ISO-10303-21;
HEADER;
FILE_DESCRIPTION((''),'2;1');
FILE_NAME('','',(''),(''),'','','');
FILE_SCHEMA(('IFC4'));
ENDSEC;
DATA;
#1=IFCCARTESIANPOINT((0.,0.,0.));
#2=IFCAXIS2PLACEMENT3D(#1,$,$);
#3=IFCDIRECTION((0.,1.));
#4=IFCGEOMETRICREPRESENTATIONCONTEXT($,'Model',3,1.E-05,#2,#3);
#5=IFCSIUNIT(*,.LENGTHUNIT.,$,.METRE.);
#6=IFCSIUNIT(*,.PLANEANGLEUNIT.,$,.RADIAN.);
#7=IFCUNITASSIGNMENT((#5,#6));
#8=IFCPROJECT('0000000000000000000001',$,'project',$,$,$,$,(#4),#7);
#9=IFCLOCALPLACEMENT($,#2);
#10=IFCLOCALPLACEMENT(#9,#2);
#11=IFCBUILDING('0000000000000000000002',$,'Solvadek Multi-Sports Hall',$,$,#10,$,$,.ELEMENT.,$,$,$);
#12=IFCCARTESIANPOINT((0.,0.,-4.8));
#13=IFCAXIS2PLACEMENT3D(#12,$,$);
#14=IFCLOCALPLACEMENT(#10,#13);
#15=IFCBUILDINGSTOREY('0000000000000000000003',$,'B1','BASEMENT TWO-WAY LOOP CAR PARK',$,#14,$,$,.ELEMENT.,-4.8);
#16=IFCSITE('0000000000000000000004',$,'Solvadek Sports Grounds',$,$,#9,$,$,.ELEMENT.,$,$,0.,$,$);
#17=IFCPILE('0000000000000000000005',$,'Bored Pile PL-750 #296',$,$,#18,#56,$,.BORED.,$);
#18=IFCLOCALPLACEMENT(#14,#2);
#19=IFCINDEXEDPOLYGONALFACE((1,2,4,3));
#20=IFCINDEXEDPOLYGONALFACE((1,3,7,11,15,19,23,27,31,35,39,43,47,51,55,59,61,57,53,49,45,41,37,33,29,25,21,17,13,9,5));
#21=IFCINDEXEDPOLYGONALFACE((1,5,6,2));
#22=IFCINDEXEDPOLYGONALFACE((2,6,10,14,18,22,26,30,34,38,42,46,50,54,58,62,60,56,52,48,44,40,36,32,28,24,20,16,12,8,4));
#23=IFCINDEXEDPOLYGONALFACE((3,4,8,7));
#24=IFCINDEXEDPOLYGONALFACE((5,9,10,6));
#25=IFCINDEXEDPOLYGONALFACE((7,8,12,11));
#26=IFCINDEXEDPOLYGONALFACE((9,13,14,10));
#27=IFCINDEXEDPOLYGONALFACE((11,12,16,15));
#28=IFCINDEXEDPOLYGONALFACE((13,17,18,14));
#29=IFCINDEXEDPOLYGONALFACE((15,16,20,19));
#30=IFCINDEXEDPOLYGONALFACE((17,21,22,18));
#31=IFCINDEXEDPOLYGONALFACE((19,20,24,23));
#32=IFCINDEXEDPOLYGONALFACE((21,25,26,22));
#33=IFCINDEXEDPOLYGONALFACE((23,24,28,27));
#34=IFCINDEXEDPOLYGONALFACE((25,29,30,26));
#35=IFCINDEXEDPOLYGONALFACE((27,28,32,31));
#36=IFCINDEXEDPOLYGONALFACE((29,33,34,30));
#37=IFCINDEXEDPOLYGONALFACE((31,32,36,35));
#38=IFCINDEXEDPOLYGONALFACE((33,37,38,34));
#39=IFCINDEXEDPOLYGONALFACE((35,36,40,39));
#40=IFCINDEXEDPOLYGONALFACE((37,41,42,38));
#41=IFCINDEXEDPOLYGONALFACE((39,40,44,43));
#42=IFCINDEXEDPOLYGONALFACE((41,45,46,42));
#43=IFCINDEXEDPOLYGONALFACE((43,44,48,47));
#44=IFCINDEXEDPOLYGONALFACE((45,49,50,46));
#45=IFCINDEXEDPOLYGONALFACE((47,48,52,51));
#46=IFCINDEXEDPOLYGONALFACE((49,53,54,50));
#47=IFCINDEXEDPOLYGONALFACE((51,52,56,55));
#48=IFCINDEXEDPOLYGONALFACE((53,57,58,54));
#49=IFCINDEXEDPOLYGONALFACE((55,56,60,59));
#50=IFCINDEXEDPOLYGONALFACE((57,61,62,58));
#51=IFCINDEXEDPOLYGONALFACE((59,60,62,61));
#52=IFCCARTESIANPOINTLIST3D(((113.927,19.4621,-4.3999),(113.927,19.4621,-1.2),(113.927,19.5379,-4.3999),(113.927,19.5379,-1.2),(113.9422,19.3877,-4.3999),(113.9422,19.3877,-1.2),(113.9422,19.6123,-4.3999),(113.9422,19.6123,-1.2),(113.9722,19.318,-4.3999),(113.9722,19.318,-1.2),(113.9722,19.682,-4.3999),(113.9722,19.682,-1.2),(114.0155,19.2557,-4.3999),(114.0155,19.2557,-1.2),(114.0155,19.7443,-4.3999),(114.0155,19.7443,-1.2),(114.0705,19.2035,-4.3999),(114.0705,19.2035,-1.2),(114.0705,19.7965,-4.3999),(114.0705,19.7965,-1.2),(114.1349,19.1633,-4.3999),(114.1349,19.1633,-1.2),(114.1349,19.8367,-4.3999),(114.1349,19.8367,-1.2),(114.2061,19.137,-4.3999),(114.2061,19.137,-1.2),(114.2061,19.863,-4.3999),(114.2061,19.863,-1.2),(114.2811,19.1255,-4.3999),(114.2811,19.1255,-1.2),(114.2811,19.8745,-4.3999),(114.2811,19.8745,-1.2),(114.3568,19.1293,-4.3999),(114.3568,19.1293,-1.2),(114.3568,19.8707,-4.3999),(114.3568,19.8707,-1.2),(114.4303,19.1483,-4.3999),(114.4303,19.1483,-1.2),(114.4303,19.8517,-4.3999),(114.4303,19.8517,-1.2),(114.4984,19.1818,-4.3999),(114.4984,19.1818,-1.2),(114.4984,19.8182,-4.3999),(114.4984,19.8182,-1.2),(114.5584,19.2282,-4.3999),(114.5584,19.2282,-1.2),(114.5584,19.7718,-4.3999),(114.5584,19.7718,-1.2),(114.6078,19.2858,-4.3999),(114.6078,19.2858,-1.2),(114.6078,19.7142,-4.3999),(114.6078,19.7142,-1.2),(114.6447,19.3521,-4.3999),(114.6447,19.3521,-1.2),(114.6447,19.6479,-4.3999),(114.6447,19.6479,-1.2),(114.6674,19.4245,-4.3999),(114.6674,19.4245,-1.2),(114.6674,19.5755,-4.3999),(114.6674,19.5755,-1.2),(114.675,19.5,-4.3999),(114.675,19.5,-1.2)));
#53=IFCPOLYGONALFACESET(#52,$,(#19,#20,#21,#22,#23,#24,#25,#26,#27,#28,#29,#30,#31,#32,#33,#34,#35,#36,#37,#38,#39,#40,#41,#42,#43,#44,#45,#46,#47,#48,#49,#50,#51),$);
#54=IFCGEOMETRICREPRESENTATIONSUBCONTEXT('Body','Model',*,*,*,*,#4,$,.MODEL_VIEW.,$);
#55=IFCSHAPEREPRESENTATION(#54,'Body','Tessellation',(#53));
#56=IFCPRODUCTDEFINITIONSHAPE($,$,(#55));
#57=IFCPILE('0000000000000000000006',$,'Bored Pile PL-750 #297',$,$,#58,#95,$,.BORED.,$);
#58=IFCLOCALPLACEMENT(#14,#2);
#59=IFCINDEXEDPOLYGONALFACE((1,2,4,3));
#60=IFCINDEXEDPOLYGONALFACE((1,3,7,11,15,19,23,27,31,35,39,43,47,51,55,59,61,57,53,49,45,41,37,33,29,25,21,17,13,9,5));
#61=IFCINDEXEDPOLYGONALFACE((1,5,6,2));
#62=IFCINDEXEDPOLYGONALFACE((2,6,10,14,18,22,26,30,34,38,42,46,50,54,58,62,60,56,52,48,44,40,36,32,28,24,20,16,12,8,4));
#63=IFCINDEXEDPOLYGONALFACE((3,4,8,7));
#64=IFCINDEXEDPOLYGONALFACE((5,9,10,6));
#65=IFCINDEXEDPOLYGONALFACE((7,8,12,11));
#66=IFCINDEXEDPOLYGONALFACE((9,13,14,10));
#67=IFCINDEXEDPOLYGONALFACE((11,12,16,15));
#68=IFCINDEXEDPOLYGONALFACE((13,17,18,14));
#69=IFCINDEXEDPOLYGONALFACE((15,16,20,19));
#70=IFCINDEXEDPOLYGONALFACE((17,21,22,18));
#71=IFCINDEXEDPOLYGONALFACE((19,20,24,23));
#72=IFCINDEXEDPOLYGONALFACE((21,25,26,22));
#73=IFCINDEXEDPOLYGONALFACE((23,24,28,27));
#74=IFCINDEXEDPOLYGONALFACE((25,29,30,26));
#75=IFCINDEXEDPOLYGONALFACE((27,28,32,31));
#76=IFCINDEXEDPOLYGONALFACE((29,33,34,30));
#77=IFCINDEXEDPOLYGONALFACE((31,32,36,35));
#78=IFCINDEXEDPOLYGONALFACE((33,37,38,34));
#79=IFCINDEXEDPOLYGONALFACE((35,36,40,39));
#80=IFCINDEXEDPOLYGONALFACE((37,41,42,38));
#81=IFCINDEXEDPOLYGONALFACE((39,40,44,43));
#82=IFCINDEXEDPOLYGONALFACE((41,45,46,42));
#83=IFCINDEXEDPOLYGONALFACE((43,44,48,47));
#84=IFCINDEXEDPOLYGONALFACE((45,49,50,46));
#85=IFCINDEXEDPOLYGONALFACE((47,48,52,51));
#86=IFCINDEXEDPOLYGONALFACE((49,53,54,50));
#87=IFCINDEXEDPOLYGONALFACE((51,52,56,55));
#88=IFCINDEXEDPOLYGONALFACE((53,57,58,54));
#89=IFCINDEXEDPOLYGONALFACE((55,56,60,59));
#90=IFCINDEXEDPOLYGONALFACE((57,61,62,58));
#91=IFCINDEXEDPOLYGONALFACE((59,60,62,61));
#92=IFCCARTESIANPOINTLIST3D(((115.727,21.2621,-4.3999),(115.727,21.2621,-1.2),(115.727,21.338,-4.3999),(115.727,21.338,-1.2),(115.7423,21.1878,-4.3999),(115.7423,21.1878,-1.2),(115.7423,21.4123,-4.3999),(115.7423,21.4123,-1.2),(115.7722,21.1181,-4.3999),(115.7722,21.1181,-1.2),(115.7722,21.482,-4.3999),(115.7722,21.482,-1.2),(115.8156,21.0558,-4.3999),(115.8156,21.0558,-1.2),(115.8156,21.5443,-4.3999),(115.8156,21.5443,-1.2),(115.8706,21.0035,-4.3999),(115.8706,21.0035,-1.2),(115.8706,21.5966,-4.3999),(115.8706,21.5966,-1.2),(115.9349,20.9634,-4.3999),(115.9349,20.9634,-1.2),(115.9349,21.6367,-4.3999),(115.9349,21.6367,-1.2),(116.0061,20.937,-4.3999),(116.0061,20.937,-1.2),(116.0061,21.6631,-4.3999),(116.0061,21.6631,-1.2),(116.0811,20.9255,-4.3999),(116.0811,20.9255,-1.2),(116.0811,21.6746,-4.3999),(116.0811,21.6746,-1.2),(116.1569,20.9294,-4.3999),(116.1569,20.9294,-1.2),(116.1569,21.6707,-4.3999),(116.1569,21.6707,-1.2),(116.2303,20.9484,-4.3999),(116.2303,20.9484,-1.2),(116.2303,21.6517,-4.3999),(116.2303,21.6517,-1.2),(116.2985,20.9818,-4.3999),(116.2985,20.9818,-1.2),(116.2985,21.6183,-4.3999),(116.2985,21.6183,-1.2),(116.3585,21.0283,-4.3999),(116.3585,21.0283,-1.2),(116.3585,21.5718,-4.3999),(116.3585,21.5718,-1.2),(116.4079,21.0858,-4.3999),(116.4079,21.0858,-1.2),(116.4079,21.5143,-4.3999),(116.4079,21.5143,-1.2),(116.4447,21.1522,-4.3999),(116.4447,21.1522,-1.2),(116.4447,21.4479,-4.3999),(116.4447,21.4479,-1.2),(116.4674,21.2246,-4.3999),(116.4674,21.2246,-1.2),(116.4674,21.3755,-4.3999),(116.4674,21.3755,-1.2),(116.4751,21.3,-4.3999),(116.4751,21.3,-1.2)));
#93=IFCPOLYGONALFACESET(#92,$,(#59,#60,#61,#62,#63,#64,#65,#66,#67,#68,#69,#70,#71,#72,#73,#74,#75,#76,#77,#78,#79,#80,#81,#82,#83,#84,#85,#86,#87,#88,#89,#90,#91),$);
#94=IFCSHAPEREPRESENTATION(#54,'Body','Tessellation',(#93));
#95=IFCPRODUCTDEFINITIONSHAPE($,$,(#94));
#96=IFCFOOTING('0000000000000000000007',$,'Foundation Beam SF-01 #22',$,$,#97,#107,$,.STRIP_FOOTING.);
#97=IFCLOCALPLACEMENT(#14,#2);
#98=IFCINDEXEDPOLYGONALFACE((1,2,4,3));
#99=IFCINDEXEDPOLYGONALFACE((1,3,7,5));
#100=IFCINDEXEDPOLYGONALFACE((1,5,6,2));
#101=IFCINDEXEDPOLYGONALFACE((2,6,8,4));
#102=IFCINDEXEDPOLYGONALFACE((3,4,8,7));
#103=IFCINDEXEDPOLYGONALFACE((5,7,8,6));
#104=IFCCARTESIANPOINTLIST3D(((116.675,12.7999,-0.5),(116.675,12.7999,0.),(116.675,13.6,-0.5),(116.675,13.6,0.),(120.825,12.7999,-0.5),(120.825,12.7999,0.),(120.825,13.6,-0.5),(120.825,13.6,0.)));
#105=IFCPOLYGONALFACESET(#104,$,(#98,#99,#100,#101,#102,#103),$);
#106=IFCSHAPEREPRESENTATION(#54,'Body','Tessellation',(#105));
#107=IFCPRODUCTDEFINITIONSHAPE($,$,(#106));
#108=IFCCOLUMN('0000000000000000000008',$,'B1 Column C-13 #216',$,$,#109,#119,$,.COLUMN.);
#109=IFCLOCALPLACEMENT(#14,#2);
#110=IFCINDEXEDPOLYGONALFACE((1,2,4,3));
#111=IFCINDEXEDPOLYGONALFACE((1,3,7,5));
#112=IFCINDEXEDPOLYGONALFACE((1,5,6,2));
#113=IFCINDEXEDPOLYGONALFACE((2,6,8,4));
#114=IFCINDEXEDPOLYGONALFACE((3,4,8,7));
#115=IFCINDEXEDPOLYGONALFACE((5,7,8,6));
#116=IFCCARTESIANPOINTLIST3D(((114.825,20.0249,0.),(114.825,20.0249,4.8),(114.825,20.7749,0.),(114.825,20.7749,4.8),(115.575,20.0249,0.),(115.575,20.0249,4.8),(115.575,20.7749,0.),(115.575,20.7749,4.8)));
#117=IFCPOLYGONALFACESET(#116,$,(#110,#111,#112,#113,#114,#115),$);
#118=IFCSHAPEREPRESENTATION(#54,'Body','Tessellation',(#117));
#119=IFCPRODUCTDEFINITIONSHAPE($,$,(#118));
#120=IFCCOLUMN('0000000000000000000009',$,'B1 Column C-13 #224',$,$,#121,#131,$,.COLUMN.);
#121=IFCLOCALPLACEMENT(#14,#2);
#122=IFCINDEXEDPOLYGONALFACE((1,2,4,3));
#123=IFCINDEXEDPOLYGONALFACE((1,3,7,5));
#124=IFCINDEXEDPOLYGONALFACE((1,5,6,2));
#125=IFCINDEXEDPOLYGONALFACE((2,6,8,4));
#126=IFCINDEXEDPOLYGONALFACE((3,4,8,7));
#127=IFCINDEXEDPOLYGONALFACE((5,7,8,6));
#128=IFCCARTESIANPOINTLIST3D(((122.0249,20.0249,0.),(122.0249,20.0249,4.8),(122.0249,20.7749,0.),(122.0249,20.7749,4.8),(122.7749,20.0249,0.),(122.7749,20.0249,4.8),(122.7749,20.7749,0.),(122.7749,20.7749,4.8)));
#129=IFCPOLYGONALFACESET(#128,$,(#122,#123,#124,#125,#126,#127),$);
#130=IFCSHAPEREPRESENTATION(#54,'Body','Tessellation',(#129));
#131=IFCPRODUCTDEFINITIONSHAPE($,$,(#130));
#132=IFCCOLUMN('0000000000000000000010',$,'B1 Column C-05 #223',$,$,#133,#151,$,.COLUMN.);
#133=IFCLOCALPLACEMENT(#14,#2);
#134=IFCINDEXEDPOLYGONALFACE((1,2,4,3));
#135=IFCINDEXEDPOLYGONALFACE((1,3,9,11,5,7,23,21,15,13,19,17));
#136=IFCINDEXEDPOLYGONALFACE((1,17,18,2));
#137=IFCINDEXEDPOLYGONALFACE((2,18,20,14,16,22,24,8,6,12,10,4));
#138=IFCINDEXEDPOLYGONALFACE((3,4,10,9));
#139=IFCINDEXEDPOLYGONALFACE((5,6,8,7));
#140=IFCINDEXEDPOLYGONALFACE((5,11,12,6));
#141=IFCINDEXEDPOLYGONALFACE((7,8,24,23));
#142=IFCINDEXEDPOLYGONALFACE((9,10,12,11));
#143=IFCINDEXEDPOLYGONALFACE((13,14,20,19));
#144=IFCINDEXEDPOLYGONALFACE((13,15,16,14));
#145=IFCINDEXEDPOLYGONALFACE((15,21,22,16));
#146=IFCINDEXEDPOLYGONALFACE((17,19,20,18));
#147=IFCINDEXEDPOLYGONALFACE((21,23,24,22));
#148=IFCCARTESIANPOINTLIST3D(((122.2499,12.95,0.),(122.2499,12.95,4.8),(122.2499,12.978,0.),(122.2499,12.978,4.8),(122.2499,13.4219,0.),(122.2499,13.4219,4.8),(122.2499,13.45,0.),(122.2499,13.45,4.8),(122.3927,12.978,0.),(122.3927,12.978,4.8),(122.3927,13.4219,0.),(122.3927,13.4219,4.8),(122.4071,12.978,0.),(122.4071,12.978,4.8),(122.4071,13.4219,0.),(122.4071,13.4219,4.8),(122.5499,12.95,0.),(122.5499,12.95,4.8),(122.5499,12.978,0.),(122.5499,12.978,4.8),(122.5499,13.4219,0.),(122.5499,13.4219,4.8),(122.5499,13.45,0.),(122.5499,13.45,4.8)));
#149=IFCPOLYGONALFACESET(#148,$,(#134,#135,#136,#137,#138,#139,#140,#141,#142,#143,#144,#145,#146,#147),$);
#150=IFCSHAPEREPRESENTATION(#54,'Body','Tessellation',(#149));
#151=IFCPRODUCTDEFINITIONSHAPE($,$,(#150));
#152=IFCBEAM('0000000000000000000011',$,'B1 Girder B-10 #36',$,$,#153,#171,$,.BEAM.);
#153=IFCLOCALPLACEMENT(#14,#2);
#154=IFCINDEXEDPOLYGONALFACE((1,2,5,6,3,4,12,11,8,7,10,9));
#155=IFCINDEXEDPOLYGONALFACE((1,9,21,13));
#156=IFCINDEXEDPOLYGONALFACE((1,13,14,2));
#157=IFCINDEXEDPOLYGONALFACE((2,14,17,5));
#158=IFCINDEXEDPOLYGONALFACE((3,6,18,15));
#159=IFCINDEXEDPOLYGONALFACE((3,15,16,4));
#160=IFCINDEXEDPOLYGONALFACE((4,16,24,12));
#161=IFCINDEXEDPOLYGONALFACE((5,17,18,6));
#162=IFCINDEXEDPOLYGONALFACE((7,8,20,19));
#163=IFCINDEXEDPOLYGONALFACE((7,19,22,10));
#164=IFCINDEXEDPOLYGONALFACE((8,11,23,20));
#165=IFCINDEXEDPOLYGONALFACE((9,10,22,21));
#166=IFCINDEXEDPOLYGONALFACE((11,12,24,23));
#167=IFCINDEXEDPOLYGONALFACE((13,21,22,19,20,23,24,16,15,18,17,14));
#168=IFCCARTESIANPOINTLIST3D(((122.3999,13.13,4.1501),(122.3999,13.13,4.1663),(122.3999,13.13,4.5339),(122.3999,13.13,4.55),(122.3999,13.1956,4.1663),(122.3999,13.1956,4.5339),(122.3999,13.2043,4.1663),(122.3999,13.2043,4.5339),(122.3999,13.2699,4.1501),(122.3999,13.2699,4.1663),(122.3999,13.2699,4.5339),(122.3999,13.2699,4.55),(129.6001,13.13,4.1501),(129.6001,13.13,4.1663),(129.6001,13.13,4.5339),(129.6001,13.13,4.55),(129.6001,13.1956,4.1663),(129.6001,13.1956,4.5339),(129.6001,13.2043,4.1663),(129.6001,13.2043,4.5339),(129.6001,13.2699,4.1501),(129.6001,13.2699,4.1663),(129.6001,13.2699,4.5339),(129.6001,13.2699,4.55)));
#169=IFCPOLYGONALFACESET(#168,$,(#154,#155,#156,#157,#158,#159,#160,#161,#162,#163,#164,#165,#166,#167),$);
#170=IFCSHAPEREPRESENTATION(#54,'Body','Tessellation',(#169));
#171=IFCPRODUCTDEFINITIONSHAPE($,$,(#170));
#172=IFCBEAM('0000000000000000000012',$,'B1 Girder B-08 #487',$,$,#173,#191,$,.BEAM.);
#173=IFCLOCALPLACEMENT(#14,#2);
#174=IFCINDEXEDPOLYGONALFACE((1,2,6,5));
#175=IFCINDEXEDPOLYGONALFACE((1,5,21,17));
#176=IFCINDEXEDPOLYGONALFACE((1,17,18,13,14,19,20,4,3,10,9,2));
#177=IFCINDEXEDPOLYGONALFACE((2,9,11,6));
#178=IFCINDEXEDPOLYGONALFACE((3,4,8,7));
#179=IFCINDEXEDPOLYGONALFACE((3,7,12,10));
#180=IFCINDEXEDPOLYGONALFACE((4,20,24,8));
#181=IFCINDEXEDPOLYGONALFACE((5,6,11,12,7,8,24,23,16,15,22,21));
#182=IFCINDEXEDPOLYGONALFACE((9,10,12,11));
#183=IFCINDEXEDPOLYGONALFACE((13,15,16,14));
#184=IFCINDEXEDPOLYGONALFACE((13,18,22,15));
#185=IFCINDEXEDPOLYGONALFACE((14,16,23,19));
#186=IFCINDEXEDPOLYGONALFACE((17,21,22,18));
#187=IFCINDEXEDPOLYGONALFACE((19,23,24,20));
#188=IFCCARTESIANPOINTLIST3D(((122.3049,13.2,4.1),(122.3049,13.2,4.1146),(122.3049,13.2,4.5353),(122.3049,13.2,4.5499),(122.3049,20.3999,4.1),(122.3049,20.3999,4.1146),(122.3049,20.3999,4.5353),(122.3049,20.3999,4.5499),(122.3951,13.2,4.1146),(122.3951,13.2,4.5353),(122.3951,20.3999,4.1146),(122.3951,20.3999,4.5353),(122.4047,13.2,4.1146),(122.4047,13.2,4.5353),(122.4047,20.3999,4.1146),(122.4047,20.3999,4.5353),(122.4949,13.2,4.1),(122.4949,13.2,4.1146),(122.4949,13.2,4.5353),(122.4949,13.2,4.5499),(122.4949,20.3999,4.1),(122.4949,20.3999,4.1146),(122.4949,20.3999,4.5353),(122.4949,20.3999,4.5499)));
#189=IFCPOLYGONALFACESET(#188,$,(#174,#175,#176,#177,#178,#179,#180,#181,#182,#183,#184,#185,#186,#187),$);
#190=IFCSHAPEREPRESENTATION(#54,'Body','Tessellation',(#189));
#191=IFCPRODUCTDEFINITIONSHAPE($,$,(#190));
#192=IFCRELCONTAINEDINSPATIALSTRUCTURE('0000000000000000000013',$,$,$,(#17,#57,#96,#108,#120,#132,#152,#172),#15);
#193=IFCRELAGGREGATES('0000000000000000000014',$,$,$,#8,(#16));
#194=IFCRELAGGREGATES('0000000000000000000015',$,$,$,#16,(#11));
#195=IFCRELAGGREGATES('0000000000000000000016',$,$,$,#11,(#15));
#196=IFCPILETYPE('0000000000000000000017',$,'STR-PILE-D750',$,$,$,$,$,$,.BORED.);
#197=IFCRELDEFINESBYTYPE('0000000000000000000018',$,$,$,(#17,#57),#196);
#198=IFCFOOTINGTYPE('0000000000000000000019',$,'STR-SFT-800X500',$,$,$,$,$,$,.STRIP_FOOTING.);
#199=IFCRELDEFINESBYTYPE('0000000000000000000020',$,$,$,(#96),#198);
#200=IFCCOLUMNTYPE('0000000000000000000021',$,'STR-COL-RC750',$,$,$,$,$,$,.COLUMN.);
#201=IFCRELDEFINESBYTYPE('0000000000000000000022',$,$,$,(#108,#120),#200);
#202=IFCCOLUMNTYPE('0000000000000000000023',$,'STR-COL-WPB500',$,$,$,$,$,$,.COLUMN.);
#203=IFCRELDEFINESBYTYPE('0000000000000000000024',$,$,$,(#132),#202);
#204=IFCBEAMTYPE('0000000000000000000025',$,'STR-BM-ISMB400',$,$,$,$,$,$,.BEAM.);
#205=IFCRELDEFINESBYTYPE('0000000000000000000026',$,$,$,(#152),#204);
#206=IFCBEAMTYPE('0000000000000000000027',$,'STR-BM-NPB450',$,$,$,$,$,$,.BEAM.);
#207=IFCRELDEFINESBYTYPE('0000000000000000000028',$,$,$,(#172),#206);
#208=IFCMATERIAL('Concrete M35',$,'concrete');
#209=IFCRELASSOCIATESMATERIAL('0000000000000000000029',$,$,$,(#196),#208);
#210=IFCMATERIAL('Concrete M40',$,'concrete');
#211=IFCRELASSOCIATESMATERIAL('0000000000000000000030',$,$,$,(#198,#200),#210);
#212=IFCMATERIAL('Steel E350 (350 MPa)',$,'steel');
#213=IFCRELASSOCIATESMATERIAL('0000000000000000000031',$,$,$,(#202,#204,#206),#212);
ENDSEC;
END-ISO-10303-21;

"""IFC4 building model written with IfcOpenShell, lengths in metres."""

from ifc_helpers import new_model, si_unit, direction, frame, origin, origin_2d, place, context, subcontext, project, spatial, rectangle, circle, i_section, extrude, material, material_profile, profile_set, type_object, element, save


model = new_model("IFC4")

# Units and contexts
model_context = context("Model", 3, precision=1e-05, world=origin(), true_north=direction((0.0, 1.0)))
body_context = subcontext(model_context, "Body", "Model", "MODEL_VIEW")
ifc_project = project(units=[si_unit("LENGTHUNIT", "METRE"), si_unit("PLANEANGLEUNIT", "RADIAN")], contexts=[model_context])

# Site, building, storey
site_placement = place(None, origin())
site = spatial("IfcSite", under=ifc_project, at=site_placement, Name="Solvadek Sports Grounds", CompositionType="ELEMENT", RefElevation=0.0)
building_placement = place(site_placement, origin())
building = spatial("IfcBuilding", under=site, at=building_placement, Name="Solvadek Multi-Sports Hall", CompositionType="ELEMENT")
storey_placement = place(building_placement, frame((0.0, 0.0, -4.8)))
storey = spatial("IfcBuildingStorey", under=building, at=storey_placement, Name="B1", Description="BASEMENT TWO-WAY LOOP CAR PARK", CompositionType="ELEMENT", Elevation=-4.8)

# Shared definitions
ifc_material_1 = material(Name="Concrete M40", Category="concrete")

# Piles
ifc_material_2 = material(Name="Concrete M35", Category="concrete")
ifc_material_profile_1 = material_profile(ifc_material_2, circle(Radius=0.375, at=origin_2d()), Name="BORED PILE D750")
ifc_profile_set_1 = profile_set([ifc_material_profile_1], Name="Concrete M35")
pile_type_1 = type_object("IfcPileType", Name="STR-PILE-D750", PredefinedType="BORED", material=ifc_profile_set_1)
for number, where, z_axis, x_axis, name in (
    (1, (114.3, 19.5, -1.2), (0.0, 0.0, -1.0), (1.0, 0.0, 0.0), "Bored Pile PL-750 #296"),
    (2, (116.1001, 21.3, -1.2), (0.0, 0.0, -1.0), (1.0, 0.0, 0.0), "Bored Pile PL-750 #297"),
):
    element("IfcPile", number, at=place(storey_placement, frame(where, z_axis=z_axis, x_axis=x_axis)), inside=storey, type_object=pile_type_1, Name=name, PredefinedType="BORED", context=body_context, shape_type="SweptSolid", body=[
        extrude(circle(Radius=0.375, at=origin_2d()), origin(), (0.0, 0.0, 1.0), 3.2),
    ])

# Footing
footing_type_1 = type_object("IfcFootingType", Name="STR-SFT-800X500", PredefinedType="STRIP_FOOTING", material=ifc_material_1)
footing_1_placement = place(storey_placement, frame((118.75, 13.2, -0.5), z_axis=(0.0, 0.0, 1.0), x_axis=(1.0, 0.0, 0.0)))
element("IfcFooting", 3, at=footing_1_placement, inside=storey, type_object=footing_type_1, Name="Foundation Beam SF-01 #22", PredefinedType="STRIP_FOOTING", context=body_context, shape_type="SweptSolid", body=[
    extrude(rectangle(XDim=4.1499, YDim=0.8, at=origin_2d()), origin(), (0.0, 0.0, 1.0), 0.5),
])

# Columns
ifc_material_profile_2 = material_profile(ifc_material_1, rectangle(XDim=0.75, YDim=0.75, at=origin_2d()), Name="RC 750x750")
ifc_profile_set_2 = profile_set([ifc_material_profile_2], Name="Concrete M40")
column_type_1 = type_object("IfcColumnType", Name="STR-COL-RC750", PredefinedType="COLUMN", material=ifc_profile_set_2)
for number, where, z_axis, x_axis, name in (
    (4, (115.2, 20.3999, 0.0), (0.0, 0.0, 1.0), (1.0, 0.0, 0.0), "B1 Column C-13 #216"),
    (5, (122.3999, 20.3999, 0.0), (0.0, 0.0, 1.0), (1.0, 0.0, 0.0), "B1 Column C-13 #224"),
):
    element("IfcColumn", number, at=place(storey_placement, frame(where, z_axis=z_axis, x_axis=x_axis)), inside=storey, type_object=column_type_1, Name=name, PredefinedType="COLUMN", context=body_context, shape_type="SweptSolid", body=[
        extrude(rectangle(XDim=0.75, YDim=0.75, at=origin_2d()), origin(), (0.0, 0.0, 1.0), 4.8),
    ])
ifc_material_3 = material(Name="Steel E350 (350 MPa)", Category="steel")
ifc_material_profile_3 = material_profile(ifc_material_3, i_section(OverallWidth=0.3, OverallDepth=0.5, WebThickness=0.0144, FlangeThickness=0.0281, at=origin_2d()), Name="WPB 500")
ifc_profile_set_3 = profile_set([ifc_material_profile_3], Name="Steel E350 (350 MPa)")
column_type_2 = type_object("IfcColumnType", Name="STR-COL-WPB500", PredefinedType="COLUMN", material=ifc_profile_set_3)
column_placement = place(storey_placement, frame((122.3999, 13.2, 0.0), z_axis=(0.0, 0.0, 1.0), x_axis=(1.0, 0.0, 0.0)))
element("IfcColumn", 6, at=column_placement, inside=storey, type_object=column_type_2, Name="B1 Column C-05 #223", PredefinedType="COLUMN", context=body_context, shape_type="SweptSolid", body=[
    extrude(i_section(OverallWidth=0.3, OverallDepth=0.5, WebThickness=0.0144, FlangeThickness=0.0281, at=origin_2d()), origin(), (0.0, 0.0, 1.0), 4.8),
])

# Beams
ifc_material_profile_4 = material_profile(ifc_material_3, i_section(OverallWidth=0.1399, OverallDepth=0.3999, WebThickness=0.0088, FlangeThickness=0.0161, at=origin_2d()), Name="ISMB 400")
ifc_profile_set_4 = profile_set([ifc_material_profile_4], Name="Steel E350 (350 MPa)")
beam_type_1 = type_object("IfcBeamType", Name="STR-BM-ISMB400", PredefinedType="BEAM", material=ifc_profile_set_4)
beam_1_placement = place(storey_placement, frame((122.3999, 13.2, 4.3501), z_axis=(1.0, 0.0, 0.0), x_axis=(0.0, 1.0, 0.0)))
element("IfcBeam", 7, at=beam_1_placement, inside=storey, type_object=beam_type_1, Name="B1 Girder B-10 #36", PredefinedType="BEAM", context=body_context, shape_type="SweptSolid", body=[
    extrude(i_section(OverallWidth=0.1399, OverallDepth=0.3999, WebThickness=0.0088, FlangeThickness=0.0161, at=origin_2d()), origin(), (0.0, 0.0, 1.0), 7.2002),
])
ifc_material_profile_5 = material_profile(ifc_material_3, i_section(OverallWidth=0.1899, OverallDepth=0.45, WebThickness=0.0095, FlangeThickness=0.0146, at=origin_2d()), Name="NPB 450")
ifc_profile_set_5 = profile_set([ifc_material_profile_5], Name="Steel E350 (350 MPa)")
beam_type_2 = type_object("IfcBeamType", Name="STR-BM-NPB450", PredefinedType="BEAM", material=ifc_profile_set_5)
beam_2_placement = place(storey_placement, frame((122.3999, 13.2, 4.325), z_axis=(0.0, 1.0, 0.0), x_axis=(-1.0, 0.0, 0.0)))
element("IfcBeam", 8, at=beam_2_placement, inside=storey, type_object=beam_type_2, Name="B1 Girder B-08 #487", PredefinedType="BEAM", context=body_context, shape_type="SweptSolid", body=[
    extrude(i_section(OverallWidth=0.1899, OverallDepth=0.45, WebThickness=0.0095, FlangeThickness=0.0146, at=origin_2d()), origin(), (0.0, 0.0, 1.0), 7.2),
])

save(model, "model.ifc")
